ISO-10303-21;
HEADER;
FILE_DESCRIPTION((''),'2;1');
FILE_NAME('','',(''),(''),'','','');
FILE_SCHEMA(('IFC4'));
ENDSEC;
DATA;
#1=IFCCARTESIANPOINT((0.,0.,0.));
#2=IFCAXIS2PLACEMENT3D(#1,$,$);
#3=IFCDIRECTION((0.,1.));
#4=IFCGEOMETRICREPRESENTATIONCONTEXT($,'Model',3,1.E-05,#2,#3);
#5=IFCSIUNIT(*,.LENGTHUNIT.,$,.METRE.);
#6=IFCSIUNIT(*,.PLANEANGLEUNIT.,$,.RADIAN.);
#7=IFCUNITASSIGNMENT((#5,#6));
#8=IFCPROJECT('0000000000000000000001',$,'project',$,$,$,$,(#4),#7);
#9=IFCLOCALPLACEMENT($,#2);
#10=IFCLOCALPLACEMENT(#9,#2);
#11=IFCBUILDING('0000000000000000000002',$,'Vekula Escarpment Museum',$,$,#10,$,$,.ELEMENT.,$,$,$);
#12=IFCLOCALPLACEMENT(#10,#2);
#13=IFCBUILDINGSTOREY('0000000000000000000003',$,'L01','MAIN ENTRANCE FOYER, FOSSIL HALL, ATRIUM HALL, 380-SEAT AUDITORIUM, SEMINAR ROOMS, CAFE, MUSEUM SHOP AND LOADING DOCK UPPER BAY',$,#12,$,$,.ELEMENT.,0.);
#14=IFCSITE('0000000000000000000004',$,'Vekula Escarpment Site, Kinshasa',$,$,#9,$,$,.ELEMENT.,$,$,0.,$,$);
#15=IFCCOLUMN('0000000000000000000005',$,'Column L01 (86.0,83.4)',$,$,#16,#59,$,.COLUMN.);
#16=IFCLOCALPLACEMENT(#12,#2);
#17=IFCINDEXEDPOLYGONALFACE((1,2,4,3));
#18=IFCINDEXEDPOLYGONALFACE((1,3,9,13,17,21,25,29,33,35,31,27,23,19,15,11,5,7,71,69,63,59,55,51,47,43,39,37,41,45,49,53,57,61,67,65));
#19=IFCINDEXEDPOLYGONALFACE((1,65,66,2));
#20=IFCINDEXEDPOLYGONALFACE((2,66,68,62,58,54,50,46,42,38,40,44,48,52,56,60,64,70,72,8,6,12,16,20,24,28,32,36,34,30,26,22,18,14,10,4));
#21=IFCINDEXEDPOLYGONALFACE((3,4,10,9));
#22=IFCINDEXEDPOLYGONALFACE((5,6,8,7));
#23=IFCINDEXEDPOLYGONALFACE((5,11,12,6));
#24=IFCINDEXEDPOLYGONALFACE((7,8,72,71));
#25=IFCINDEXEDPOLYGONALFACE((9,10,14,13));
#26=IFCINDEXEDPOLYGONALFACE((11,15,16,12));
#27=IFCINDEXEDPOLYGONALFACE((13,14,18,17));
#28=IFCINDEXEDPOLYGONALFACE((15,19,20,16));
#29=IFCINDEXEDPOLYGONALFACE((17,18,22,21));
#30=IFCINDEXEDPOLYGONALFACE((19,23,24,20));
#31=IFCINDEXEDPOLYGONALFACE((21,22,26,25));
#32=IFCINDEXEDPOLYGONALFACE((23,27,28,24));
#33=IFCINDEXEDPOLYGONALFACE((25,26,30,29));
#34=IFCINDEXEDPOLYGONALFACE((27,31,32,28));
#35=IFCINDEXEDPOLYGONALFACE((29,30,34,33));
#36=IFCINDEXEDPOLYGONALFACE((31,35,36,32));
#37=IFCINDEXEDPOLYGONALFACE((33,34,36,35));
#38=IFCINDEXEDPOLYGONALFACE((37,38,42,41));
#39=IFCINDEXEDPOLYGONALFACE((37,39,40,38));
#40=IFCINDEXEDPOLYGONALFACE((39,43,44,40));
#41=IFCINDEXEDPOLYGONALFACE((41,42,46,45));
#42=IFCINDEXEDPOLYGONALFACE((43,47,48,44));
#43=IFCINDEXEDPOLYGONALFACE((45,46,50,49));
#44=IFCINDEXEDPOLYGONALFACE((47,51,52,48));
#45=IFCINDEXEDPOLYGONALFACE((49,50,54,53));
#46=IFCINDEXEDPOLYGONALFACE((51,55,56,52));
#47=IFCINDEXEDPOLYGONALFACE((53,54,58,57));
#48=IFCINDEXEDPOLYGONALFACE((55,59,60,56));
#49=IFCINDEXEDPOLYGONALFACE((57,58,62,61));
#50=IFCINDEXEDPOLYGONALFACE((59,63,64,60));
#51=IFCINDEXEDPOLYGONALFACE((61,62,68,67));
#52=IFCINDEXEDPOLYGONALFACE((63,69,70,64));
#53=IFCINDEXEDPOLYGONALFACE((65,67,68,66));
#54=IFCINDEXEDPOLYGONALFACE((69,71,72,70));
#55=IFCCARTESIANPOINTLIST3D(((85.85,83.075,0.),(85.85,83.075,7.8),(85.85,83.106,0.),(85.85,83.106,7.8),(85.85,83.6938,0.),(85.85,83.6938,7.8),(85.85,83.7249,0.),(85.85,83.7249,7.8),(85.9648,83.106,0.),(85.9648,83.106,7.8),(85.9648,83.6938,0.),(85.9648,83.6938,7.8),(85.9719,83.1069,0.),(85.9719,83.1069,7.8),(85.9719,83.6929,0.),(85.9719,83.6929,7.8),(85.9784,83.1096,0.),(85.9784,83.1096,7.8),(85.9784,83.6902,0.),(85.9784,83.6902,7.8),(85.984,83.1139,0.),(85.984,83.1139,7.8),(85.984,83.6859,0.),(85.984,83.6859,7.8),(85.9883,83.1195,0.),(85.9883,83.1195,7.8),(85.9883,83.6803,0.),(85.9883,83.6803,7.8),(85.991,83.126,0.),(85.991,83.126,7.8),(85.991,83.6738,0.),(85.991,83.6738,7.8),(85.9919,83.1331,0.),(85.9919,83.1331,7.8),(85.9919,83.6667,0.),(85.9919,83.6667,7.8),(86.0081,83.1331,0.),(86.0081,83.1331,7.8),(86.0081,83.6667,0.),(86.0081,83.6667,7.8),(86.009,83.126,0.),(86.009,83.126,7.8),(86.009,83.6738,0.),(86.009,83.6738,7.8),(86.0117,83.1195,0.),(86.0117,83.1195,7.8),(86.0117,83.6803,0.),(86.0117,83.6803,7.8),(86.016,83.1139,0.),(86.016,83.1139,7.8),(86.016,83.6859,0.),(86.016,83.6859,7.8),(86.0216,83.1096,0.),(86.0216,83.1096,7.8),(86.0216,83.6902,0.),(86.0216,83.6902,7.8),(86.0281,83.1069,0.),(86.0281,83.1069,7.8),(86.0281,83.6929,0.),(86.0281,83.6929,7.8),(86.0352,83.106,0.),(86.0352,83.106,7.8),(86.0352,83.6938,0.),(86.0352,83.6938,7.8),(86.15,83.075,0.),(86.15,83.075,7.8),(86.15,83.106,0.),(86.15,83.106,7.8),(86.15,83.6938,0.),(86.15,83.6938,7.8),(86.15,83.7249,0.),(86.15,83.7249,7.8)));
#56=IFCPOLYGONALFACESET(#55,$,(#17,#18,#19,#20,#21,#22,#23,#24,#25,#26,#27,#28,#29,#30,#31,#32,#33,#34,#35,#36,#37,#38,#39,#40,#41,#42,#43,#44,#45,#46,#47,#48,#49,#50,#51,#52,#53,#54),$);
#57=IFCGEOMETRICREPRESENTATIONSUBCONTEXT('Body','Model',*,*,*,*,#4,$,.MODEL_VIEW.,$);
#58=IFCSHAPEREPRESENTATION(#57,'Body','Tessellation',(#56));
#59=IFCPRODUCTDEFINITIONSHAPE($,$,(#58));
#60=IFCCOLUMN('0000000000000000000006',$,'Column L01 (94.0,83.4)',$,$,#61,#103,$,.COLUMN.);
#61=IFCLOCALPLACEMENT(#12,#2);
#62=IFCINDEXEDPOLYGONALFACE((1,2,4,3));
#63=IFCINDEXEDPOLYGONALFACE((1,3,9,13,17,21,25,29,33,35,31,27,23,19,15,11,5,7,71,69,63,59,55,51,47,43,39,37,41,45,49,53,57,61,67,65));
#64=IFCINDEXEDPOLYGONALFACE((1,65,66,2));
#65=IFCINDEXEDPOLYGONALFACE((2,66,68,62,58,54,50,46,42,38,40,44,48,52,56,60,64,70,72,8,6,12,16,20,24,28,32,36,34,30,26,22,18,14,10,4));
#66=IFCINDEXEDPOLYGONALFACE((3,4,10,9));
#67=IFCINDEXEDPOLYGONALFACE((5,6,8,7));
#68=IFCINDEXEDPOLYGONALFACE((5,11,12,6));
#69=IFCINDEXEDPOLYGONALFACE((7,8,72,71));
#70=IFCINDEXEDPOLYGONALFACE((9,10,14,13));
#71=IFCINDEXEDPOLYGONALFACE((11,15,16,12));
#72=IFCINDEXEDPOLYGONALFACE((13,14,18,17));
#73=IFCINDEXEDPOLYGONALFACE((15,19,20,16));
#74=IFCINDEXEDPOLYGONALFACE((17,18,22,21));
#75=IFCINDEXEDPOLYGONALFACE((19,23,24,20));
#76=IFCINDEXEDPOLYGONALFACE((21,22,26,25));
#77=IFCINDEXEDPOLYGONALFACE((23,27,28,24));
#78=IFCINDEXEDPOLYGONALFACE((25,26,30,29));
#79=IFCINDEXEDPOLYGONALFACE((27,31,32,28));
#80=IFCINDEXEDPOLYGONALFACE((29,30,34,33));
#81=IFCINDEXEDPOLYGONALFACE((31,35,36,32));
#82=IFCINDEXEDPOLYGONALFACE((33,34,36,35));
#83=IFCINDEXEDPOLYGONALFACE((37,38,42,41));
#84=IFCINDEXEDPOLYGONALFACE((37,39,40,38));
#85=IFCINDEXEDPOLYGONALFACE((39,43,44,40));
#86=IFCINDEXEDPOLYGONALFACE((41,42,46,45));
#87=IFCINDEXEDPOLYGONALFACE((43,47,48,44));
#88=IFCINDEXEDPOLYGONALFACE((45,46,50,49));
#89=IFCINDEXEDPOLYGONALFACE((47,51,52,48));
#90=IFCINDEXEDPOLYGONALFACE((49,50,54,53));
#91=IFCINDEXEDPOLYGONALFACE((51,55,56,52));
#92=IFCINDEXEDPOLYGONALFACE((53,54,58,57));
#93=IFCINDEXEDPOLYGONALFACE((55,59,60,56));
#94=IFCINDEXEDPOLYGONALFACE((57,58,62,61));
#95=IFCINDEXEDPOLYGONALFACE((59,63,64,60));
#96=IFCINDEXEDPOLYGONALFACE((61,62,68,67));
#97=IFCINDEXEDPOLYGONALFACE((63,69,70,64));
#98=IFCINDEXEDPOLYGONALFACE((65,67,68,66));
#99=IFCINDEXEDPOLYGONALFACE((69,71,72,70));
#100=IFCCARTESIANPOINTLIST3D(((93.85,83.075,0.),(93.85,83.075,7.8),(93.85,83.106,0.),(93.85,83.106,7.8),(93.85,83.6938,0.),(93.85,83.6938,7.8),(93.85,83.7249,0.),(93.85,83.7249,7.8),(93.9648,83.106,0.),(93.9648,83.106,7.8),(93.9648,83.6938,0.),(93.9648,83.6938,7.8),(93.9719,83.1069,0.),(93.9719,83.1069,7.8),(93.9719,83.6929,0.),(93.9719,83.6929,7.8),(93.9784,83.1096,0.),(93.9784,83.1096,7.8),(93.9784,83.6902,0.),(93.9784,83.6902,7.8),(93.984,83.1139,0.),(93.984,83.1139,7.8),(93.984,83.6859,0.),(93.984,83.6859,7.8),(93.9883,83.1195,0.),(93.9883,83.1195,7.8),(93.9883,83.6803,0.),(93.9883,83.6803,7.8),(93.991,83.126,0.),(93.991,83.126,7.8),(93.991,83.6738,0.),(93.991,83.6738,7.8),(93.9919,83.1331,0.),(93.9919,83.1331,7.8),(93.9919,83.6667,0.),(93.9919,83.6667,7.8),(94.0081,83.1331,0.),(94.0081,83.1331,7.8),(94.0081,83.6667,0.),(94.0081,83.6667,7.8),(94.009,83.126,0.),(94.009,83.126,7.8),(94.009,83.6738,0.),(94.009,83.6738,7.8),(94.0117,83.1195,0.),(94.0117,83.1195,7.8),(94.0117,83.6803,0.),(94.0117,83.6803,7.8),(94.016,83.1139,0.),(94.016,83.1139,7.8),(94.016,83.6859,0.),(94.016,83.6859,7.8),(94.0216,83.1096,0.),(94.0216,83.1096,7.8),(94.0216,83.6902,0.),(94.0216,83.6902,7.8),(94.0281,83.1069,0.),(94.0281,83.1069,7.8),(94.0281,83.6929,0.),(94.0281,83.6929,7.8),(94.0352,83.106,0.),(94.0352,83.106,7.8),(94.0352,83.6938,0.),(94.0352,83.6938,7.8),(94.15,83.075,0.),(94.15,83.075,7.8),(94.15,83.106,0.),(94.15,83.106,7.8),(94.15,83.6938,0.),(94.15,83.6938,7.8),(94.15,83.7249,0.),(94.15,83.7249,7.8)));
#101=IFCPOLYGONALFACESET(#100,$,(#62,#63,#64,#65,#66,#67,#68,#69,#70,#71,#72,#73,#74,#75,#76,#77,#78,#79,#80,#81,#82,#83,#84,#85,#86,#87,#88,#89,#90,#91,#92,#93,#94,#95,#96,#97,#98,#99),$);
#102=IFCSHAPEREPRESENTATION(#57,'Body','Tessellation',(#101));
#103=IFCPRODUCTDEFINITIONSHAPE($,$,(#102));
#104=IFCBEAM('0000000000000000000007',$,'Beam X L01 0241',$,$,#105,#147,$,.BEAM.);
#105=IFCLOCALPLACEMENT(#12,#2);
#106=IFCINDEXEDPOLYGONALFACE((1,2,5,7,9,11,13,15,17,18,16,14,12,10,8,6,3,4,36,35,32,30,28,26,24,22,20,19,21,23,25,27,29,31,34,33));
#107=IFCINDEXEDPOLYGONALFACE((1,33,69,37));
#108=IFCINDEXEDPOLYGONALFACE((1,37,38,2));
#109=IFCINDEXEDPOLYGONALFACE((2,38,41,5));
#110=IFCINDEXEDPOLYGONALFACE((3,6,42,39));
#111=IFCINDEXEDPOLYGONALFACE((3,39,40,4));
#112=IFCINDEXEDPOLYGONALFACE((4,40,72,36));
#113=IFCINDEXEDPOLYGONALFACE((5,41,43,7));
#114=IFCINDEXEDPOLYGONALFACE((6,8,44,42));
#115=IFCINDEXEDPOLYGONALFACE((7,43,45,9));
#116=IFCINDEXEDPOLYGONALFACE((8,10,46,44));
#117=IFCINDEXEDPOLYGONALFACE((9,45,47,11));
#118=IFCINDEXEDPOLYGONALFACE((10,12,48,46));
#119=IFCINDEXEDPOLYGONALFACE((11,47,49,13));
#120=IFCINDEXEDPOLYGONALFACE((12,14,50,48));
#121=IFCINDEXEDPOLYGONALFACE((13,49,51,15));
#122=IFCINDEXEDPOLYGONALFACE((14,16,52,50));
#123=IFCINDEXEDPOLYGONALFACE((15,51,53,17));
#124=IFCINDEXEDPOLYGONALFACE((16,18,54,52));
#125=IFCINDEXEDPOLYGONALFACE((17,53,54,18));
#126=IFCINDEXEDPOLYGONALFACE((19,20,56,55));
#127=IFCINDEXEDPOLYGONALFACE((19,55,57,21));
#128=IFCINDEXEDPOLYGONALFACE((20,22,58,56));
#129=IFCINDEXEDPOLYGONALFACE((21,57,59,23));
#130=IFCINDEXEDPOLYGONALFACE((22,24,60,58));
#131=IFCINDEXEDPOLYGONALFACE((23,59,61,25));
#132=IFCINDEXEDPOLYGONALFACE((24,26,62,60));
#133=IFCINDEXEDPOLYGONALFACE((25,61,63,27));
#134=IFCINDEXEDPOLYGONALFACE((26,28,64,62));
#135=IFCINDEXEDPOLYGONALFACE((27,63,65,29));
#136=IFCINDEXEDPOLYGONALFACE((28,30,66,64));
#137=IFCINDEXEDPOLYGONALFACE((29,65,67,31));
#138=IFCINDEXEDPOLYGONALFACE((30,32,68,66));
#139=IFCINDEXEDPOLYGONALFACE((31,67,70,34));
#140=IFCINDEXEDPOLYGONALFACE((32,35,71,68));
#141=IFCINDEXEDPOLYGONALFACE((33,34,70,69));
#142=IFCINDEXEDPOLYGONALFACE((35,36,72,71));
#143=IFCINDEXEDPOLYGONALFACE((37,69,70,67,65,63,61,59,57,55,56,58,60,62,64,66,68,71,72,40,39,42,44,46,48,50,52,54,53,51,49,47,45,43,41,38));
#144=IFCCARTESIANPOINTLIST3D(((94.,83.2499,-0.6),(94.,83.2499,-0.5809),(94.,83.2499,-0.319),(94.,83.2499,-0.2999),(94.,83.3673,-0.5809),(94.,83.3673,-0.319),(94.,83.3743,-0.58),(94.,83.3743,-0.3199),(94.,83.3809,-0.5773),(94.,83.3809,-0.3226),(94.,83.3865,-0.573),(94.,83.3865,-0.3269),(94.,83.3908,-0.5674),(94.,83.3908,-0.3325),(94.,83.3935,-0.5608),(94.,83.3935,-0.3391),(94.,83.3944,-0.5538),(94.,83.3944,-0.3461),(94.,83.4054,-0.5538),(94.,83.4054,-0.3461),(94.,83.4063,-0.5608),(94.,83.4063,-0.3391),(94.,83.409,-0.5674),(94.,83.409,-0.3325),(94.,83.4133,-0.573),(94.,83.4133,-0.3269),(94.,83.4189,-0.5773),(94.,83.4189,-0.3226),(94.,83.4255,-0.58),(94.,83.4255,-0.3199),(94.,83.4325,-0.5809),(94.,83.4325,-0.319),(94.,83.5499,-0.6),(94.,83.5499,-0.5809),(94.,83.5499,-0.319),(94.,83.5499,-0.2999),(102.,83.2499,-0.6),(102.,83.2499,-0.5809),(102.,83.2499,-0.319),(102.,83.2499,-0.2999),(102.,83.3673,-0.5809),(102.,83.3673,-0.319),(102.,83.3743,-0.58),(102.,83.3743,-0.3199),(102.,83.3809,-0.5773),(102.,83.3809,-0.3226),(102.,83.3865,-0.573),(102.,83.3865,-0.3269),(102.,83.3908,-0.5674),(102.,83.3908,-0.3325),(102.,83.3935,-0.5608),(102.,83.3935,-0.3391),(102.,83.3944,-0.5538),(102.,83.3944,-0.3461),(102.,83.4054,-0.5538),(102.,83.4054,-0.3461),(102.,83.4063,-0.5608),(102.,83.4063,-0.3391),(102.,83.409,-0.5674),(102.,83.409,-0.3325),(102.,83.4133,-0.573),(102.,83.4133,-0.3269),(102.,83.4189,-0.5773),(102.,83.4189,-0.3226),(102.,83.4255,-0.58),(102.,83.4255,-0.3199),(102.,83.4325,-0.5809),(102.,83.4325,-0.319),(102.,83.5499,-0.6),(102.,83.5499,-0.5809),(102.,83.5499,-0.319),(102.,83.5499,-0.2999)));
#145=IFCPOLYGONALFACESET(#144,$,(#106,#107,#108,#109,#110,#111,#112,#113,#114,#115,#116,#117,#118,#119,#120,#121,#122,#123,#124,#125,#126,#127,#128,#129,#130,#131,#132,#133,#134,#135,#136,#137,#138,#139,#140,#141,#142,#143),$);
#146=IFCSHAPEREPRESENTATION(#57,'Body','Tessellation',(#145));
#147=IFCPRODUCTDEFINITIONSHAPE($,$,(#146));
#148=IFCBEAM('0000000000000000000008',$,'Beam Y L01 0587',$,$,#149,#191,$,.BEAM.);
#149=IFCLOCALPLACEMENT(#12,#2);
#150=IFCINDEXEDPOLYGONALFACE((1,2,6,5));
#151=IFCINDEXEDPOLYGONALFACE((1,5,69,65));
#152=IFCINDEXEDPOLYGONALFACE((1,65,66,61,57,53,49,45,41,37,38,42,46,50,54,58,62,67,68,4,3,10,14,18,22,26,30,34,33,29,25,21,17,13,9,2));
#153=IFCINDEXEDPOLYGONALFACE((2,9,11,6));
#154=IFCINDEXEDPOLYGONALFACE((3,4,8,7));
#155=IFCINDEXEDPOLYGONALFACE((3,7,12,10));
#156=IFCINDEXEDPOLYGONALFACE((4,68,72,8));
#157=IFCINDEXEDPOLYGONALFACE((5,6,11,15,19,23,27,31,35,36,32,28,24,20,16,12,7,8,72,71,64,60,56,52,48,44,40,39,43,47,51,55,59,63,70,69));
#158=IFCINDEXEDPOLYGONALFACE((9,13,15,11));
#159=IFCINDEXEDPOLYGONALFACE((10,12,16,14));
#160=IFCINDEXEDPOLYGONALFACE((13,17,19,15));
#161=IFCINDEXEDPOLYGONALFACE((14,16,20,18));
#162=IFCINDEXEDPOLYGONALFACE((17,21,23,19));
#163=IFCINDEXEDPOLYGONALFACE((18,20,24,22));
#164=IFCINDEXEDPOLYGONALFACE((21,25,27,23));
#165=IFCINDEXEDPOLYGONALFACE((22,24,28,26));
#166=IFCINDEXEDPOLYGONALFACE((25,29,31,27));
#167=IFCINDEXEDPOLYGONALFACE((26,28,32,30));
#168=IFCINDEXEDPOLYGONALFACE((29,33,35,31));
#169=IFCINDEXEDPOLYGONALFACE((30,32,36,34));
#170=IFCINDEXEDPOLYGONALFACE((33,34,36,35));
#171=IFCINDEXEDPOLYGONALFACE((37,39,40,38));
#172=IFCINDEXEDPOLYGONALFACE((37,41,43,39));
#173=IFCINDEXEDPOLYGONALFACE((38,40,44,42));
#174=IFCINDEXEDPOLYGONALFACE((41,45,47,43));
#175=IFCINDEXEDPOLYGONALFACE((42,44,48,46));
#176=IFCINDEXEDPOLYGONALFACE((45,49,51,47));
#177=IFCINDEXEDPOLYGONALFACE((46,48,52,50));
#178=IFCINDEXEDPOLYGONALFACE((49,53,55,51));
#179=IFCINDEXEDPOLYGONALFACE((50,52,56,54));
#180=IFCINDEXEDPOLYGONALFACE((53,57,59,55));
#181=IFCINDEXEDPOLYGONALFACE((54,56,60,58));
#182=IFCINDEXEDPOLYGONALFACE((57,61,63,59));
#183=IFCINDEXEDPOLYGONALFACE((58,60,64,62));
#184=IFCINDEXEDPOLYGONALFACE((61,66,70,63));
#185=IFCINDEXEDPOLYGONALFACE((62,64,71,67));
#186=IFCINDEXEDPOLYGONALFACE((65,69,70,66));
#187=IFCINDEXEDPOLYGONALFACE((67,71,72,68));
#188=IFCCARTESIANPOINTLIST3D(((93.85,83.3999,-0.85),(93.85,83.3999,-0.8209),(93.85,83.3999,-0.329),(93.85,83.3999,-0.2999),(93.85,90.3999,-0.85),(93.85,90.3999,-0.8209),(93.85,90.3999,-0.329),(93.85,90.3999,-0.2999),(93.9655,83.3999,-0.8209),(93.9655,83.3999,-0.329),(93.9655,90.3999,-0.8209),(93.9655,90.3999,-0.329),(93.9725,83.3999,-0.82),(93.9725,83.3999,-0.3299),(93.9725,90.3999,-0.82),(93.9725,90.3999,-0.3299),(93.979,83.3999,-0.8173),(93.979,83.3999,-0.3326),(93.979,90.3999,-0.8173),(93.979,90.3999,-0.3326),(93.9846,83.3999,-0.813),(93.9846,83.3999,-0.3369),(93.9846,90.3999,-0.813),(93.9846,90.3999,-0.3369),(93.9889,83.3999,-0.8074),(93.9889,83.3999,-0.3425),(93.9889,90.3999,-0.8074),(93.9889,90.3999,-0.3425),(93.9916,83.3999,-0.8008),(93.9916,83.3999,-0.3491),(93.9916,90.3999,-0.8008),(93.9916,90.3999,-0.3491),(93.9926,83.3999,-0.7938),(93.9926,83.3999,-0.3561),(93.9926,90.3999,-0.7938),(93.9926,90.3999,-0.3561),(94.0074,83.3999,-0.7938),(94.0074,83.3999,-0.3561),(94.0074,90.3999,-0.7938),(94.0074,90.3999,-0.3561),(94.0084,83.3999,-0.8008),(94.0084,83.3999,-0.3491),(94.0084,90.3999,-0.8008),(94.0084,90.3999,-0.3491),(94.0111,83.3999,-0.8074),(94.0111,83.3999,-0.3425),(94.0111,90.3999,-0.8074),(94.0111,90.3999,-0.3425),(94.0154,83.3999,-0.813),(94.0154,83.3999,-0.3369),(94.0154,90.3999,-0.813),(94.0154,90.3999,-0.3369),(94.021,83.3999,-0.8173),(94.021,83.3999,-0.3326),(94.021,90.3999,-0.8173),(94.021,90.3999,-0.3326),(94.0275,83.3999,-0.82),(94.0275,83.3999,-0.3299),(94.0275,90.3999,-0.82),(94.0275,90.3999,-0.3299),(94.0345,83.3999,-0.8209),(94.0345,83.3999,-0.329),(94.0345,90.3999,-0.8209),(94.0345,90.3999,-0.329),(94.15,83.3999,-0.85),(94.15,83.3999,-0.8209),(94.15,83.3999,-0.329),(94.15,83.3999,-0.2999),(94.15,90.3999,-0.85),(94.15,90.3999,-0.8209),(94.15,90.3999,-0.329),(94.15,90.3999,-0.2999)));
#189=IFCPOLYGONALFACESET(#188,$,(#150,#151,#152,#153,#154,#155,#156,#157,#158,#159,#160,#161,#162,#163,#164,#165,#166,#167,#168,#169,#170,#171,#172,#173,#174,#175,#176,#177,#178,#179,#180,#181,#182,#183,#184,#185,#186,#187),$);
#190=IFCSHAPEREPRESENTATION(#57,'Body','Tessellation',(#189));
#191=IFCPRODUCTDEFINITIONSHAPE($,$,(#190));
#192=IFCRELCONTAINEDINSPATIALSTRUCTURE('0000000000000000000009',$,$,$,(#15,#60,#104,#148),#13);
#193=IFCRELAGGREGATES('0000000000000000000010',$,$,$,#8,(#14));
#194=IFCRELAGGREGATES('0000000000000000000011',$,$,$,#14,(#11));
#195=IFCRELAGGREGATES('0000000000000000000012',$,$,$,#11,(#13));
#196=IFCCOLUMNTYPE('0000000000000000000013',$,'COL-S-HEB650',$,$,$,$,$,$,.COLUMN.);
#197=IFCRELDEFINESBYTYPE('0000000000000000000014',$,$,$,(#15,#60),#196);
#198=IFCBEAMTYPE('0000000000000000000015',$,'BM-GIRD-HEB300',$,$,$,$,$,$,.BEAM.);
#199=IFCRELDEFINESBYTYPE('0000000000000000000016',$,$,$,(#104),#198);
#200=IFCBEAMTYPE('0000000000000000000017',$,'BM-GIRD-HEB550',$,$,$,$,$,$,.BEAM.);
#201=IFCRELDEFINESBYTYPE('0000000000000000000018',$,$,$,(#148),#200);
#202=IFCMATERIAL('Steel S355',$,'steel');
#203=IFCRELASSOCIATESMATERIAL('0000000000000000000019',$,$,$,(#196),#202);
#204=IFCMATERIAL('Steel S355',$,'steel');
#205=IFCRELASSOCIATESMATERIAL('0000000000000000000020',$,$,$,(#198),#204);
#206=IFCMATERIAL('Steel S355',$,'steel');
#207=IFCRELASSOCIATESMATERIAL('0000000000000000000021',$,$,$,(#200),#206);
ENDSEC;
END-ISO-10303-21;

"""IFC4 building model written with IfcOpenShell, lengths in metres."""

from ifc_helpers import new_model, si_unit, direction, frame, origin, origin_2d, place, context, subcontext, project, spatial, i_section, extrude, material, material_profile, profile_set, type_object, element, save


model = new_model("IFC4")

# Units and contexts
model_context = context("Model", 3, precision=1e-05, world=origin(), true_north=direction((0.0, 1.0)))
body_context = subcontext(model_context, "Body", "Model", "MODEL_VIEW")
ifc_project = project(units=[si_unit("LENGTHUNIT", "METRE"), si_unit("PLANEANGLEUNIT", "RADIAN")], contexts=[model_context])

# Site, building, storey
site_placement = place(None, origin())
site = spatial("IfcSite", under=ifc_project, at=site_placement, Name="Vekula Escarpment Site, Kinshasa", CompositionType="ELEMENT", RefElevation=0.0)
building_placement = place(site_placement, origin())
building = spatial("IfcBuilding", under=site, at=building_placement, Name="Vekula Escarpment Museum", CompositionType="ELEMENT")
storey_placement = place(building_placement, origin())
storey = spatial("IfcBuildingStorey", under=building, at=storey_placement, Name="L01", Description="MAIN ENTRANCE FOYER, FOSSIL HALL, ATRIUM HALL, 380-SEAT AUDITORIUM, SEMINAR ROOMS, CAFE, MUSEUM SHOP AND LOADING DOCK UPPER BAY", CompositionType="ELEMENT", Elevation=0.0)

# Columns
ifc_material_1 = material(Name="Steel S355", Category="steel")
ifc_material_profile_1 = material_profile(ifc_material_1, i_section(OverallWidth=0.3, OverallDepth=0.6499, WebThickness=0.0161, FlangeThickness=0.031, FilletRadius=0.0271, at=origin_2d()), Name="HEB 650")
ifc_profile_set_1 = profile_set([ifc_material_profile_1], Name="Steel S355")
column_type = type_object("IfcColumnType", Name="COL-S-HEB650", PredefinedType="COLUMN", material=ifc_profile_set_1)
for number, where, z_axis, x_axis, name in (
    (1, (86.0, 83.3999, 0.0), (0.0, 0.0, 1.0), (1.0, 0.0, 0.0), "Column L01 (86.0,83.4)"),
    (2, (94.0, 83.3999, 0.0), (0.0, 0.0, 1.0), (1.0, 0.0, 0.0), "Column L01 (94.0,83.4)"),
):
    element("IfcColumn", number, at=place(storey_placement, frame(where, z_axis=z_axis, x_axis=x_axis)), inside=storey, type_object=column_type, Name=name, PredefinedType="COLUMN", context=body_context, shape_type="SweptSolid", body=[
        extrude(i_section(OverallWidth=0.3, OverallDepth=0.6499, WebThickness=0.0161, FlangeThickness=0.031, FilletRadius=0.0271, at=origin_2d()), origin(), (0.0, 0.0, 1.0), 7.8),
    ])

# Beams
ifc_material_2 = material(Name="Steel S355", Category="steel")
ifc_material_profile_2 = material_profile(ifc_material_2, i_section(OverallWidth=0.3, OverallDepth=0.3, WebThickness=0.011, FlangeThickness=0.019, FilletRadius=0.0271, at=origin_2d()), Name="HEB 300")
ifc_profile_set_2 = profile_set([ifc_material_profile_2], Name="Steel S355")
beam_type_1 = type_object("IfcBeamType", Name="BM-GIRD-HEB300", PredefinedType="BEAM", material=ifc_profile_set_2)
beam_1_placement = place(storey_placement, frame((94.0, 83.3999, -0.45), z_axis=(1.0, 0.0, 0.0), x_axis=(0.0, 1.0, 0.0)))
element("IfcBeam", 3, at=beam_1_placement, inside=storey, type_object=beam_type_1, Name="Beam X L01 0241", PredefinedType="BEAM", context=body_context, shape_type="SweptSolid", body=[
    extrude(i_section(OverallWidth=0.3, OverallDepth=0.3, WebThickness=0.011, FlangeThickness=0.019, FilletRadius=0.0271, at=origin_2d()), origin(), (0.0, 0.0, 1.0), 8.0),
])
ifc_material_3 = material(Name="Steel S355", Category="steel")
ifc_material_profile_3 = material_profile(ifc_material_3, i_section(OverallWidth=0.3, OverallDepth=0.55, WebThickness=0.0149, FlangeThickness=0.0291, FilletRadius=0.0271, at=origin_2d()), Name="HEB 550")
ifc_profile_set_3 = profile_set([ifc_material_profile_3], Name="Steel S355")
beam_type_2 = type_object("IfcBeamType", Name="BM-GIRD-HEB550", PredefinedType="BEAM", material=ifc_profile_set_3)
beam_2_placement = place(storey_placement, frame((94.0, 83.3999, -0.575), z_axis=(0.0, 1.0, 0.0), x_axis=(-1.0, 0.0, 0.0)))
element("IfcBeam", 4, at=beam_2_placement, inside=storey, type_object=beam_type_2, Name="Beam Y L01 0587", PredefinedType="BEAM", context=body_context, shape_type="SweptSolid", body=[
    extrude(i_section(OverallWidth=0.3, OverallDepth=0.55, WebThickness=0.0149, FlangeThickness=0.0291, FilletRadius=0.0271, at=origin_2d()), origin(), (0.0, 0.0, 1.0), 7.0),
])

save(model, "model.ifc")
